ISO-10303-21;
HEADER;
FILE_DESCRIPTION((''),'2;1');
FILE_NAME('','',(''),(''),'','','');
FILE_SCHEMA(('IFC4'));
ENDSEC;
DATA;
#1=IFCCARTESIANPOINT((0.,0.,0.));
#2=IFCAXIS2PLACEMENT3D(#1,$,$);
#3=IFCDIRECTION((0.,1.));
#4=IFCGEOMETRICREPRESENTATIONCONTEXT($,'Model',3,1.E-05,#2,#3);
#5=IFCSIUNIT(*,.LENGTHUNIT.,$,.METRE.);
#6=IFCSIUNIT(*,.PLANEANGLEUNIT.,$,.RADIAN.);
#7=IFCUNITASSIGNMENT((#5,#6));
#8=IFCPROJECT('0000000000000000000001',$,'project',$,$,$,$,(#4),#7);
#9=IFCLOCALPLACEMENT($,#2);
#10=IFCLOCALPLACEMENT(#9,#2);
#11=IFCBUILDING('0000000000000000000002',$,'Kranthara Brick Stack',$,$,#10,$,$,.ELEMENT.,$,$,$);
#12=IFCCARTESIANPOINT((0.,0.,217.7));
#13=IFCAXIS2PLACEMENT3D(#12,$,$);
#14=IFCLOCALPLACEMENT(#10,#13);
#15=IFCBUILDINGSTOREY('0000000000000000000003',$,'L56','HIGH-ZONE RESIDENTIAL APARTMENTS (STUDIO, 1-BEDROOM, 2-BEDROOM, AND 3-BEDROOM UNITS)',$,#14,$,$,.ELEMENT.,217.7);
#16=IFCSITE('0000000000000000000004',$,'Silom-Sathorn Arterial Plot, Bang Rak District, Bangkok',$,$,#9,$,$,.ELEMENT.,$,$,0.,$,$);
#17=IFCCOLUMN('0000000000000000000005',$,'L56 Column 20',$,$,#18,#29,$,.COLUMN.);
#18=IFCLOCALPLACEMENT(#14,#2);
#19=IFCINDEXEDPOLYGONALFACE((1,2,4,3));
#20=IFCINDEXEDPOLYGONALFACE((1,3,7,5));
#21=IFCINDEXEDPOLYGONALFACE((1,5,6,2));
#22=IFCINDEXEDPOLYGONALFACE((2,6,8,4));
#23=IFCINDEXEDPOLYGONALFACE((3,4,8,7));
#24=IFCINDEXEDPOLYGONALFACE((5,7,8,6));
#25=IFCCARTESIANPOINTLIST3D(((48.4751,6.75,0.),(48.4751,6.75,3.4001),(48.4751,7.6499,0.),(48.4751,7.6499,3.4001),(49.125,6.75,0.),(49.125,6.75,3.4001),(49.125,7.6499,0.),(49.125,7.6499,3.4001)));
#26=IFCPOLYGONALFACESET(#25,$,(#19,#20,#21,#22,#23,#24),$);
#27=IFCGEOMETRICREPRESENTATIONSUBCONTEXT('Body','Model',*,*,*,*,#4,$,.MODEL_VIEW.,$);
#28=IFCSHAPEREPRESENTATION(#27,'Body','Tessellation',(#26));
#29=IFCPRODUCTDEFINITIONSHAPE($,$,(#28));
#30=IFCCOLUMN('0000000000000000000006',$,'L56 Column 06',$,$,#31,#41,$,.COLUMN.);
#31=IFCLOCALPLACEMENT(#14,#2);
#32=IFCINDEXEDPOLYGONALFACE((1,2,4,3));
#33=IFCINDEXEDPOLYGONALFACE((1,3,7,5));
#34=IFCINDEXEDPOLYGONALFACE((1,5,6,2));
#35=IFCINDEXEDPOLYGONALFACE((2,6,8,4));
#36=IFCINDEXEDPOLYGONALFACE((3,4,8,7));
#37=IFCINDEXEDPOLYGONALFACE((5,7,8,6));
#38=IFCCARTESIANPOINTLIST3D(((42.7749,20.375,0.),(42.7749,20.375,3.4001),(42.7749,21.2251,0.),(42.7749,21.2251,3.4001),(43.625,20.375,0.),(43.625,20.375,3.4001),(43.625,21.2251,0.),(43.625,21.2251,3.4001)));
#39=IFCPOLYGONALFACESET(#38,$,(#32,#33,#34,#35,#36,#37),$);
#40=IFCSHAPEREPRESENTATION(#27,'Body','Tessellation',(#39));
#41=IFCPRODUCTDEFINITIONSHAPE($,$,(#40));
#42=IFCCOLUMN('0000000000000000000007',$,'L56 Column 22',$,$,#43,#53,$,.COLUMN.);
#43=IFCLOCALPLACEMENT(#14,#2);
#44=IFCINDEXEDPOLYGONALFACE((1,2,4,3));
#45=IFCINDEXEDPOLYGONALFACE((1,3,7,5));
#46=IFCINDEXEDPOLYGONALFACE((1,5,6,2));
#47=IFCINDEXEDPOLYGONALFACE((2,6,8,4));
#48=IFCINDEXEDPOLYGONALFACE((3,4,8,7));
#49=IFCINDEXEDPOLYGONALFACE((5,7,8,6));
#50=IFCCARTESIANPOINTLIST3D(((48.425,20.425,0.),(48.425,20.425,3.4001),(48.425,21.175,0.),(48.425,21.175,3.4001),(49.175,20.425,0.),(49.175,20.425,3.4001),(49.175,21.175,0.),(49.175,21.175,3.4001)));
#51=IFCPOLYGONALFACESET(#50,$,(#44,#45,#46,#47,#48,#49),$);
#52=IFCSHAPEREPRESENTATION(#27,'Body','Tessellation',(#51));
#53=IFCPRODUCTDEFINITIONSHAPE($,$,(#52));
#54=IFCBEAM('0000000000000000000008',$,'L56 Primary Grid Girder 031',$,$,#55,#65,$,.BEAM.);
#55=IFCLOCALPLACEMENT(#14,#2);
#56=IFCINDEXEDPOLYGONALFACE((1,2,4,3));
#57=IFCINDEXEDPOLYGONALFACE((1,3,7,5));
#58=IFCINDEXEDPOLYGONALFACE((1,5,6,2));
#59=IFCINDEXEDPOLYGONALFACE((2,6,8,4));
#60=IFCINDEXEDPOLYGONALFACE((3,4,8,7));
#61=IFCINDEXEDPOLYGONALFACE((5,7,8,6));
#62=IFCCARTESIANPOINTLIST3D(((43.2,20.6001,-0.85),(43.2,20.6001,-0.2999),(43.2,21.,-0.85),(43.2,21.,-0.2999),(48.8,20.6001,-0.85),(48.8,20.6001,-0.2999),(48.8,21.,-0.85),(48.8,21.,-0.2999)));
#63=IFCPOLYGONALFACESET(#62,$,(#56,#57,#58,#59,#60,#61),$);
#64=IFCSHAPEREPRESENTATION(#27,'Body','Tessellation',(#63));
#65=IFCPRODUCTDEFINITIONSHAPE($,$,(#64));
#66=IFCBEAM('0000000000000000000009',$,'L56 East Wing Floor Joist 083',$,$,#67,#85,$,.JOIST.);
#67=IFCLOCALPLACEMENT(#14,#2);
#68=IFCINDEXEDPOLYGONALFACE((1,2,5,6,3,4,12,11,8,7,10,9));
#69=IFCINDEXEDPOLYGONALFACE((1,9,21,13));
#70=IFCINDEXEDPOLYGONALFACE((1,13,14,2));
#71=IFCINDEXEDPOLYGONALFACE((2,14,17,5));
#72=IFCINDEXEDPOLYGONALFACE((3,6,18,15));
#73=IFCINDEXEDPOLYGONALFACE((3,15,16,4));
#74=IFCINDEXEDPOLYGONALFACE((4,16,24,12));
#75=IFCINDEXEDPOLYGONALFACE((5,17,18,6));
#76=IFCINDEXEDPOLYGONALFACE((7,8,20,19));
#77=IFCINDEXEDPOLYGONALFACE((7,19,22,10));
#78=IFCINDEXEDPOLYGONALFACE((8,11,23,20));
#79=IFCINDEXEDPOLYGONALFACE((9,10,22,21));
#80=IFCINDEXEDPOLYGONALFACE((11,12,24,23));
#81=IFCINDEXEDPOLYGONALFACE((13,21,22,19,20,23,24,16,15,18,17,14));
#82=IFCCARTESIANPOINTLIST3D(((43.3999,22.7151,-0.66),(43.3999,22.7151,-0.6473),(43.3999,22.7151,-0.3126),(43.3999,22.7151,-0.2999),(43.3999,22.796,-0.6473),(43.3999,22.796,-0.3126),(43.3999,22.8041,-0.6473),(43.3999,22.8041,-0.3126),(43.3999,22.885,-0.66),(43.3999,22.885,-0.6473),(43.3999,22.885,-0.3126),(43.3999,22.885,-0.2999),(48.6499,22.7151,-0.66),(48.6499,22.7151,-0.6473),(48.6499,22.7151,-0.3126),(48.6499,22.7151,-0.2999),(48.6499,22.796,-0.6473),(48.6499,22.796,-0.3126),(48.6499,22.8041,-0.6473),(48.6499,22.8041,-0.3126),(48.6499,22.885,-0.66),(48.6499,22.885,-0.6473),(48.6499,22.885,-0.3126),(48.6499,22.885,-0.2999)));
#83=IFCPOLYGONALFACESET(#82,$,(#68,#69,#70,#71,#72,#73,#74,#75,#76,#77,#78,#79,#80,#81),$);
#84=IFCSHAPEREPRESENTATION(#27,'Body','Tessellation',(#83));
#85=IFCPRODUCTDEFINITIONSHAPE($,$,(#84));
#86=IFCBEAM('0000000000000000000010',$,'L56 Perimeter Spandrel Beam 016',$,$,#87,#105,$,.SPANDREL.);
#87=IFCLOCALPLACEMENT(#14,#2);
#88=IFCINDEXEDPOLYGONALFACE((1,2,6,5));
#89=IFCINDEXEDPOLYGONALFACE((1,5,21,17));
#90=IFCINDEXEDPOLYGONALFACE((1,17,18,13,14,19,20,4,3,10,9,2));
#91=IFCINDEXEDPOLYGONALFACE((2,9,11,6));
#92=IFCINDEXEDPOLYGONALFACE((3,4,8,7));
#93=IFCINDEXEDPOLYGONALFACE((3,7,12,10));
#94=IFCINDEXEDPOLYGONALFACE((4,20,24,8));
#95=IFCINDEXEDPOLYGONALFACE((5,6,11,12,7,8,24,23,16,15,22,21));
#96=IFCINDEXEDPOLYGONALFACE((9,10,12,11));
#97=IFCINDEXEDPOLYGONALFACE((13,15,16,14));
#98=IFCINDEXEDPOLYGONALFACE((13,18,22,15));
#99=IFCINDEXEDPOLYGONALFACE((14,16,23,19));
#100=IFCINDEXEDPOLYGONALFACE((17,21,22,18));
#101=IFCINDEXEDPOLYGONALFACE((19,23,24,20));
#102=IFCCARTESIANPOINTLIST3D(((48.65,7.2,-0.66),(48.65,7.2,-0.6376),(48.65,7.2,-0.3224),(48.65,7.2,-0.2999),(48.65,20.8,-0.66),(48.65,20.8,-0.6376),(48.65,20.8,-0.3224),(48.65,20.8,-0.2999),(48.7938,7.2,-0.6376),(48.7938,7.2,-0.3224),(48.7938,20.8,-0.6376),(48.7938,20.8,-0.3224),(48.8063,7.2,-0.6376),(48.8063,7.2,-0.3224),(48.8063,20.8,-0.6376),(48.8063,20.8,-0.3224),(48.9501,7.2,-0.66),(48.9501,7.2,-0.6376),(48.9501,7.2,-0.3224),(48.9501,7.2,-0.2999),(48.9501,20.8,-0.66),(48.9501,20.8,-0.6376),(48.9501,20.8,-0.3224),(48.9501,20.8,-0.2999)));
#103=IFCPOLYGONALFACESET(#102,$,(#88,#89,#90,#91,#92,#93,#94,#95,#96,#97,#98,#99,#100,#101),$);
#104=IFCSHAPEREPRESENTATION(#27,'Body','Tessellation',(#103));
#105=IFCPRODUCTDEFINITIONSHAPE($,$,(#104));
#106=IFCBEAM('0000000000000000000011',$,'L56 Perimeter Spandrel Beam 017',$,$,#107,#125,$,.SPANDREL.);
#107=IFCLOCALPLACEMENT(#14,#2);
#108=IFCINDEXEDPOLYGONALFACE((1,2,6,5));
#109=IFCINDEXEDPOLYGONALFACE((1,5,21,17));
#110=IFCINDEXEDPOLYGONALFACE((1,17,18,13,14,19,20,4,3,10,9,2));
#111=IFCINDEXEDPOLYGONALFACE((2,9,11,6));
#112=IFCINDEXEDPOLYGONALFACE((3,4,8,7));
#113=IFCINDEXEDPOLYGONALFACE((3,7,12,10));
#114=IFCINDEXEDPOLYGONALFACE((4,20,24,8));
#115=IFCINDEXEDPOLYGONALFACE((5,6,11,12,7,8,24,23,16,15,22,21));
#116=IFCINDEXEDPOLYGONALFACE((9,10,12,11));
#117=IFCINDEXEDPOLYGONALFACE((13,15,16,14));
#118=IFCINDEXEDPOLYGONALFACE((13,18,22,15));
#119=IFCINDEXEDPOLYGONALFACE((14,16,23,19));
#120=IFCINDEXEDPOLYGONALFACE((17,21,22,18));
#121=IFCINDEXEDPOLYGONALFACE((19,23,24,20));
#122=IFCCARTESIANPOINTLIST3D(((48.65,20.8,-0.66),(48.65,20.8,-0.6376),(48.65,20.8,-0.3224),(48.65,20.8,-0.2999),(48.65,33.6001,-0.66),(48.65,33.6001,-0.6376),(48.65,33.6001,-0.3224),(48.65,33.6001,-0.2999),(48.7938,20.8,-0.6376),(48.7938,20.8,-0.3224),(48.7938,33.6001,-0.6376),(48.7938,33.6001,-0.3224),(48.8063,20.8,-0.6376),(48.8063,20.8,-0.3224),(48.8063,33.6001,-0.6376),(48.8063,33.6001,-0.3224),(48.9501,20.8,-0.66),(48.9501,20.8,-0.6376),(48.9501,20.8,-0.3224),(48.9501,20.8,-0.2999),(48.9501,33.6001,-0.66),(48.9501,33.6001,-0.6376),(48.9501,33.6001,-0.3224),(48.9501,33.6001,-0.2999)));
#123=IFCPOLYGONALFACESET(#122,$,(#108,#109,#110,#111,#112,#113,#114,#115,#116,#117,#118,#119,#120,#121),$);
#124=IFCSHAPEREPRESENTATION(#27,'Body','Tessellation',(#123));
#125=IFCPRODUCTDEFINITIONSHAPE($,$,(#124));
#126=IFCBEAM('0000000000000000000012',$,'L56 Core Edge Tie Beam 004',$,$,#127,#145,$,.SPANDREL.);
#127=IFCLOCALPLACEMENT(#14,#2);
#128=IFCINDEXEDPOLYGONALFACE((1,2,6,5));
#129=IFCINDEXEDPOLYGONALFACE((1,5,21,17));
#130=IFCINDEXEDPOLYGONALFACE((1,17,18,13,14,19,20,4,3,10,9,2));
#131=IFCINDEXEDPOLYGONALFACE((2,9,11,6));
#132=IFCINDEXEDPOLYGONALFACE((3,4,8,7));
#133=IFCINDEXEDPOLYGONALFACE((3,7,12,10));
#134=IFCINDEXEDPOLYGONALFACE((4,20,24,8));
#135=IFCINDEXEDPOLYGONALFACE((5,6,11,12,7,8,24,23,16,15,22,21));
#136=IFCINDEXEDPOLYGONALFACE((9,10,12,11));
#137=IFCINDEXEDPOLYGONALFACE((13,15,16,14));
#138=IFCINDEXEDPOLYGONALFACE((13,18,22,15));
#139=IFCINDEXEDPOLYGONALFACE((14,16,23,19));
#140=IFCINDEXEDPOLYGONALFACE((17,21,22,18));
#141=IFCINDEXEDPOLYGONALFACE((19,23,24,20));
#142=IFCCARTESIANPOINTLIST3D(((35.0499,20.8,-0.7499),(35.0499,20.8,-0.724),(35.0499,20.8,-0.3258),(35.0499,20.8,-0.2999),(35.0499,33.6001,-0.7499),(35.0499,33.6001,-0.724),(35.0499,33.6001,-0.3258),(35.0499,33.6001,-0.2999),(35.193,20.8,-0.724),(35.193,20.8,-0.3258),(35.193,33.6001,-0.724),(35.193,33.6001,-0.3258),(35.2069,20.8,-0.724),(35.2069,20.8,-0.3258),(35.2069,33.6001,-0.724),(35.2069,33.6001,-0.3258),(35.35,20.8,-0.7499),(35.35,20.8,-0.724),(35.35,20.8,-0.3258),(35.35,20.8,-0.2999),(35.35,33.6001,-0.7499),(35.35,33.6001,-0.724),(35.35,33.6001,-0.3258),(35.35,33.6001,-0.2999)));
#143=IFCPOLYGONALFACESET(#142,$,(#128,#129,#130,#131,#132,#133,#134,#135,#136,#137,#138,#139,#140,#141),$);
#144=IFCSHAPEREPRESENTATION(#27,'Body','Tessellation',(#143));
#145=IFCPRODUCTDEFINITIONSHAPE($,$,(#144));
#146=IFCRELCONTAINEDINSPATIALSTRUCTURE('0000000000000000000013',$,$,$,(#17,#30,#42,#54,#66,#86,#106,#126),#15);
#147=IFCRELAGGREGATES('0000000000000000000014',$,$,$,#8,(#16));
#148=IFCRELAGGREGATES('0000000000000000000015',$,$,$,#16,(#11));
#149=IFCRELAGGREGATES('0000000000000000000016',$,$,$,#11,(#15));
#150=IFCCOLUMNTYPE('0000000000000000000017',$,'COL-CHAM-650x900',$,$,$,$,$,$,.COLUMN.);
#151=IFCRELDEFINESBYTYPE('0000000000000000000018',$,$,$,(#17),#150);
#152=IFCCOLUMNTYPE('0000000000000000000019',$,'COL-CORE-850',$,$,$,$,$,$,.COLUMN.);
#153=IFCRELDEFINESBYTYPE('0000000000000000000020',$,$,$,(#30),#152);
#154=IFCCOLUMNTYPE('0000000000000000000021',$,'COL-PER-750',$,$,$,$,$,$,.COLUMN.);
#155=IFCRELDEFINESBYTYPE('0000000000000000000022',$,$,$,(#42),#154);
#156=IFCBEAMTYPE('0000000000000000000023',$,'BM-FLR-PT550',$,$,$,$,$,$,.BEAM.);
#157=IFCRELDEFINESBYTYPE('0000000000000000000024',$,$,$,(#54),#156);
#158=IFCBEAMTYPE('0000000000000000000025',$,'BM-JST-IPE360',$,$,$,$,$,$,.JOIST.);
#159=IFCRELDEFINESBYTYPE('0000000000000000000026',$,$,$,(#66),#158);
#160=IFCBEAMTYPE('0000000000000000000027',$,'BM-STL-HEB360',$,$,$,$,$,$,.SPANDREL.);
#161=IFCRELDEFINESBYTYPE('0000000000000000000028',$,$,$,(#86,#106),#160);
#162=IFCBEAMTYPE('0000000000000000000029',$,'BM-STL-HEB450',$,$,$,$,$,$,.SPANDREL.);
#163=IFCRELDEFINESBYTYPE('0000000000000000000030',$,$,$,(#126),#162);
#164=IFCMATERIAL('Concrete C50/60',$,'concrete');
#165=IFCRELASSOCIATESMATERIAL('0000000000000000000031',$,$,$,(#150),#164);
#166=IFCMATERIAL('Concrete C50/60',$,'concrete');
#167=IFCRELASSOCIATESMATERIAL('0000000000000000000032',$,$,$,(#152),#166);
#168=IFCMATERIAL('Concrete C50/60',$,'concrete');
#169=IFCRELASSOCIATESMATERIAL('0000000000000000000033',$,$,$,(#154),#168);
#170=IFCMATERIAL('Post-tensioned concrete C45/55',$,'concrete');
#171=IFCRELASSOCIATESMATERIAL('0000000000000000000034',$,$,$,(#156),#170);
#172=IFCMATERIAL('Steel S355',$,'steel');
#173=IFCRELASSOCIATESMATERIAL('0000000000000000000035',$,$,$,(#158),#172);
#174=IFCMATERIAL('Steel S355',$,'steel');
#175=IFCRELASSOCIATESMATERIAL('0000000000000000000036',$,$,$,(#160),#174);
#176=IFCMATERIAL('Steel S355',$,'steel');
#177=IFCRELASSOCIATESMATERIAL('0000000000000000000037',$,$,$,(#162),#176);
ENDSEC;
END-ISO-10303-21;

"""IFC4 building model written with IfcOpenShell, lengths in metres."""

from ifc_helpers import new_model, si_unit, direction, frame, origin, origin_2d, place, context, subcontext, project, spatial, rectangle, i_section, extrude, material, material_profile, profile_set, type_object, element, save


model = new_model("IFC4")

# Units and contexts
model_context = context("Model", 3, precision=1e-05, world=origin(), true_north=direction((0.0, 1.0)))
body_context = subcontext(model_context, "Body", "Model", "MODEL_VIEW")
ifc_project = project(units=[si_unit("LENGTHUNIT", "METRE"), si_unit("PLANEANGLEUNIT", "RADIAN")], contexts=[model_context])

# Site, building, storey
site_placement = place(None, origin())
site = spatial("IfcSite", under=ifc_project, at=site_placement, Name="Silom-Sathorn Arterial Plot, Bang Rak District, Bangkok", CompositionType="ELEMENT", RefElevation=0.0)
building_placement = place(site_placement, origin())
building = spatial("IfcBuilding", under=site, at=building_placement, Name="Kranthara Brick Stack", CompositionType="ELEMENT")
storey_placement = place(building_placement, frame((0.0, 0.0, 217.7)))
storey = spatial("IfcBuildingStorey", under=building, at=storey_placement, Name="L56", Description="HIGH-ZONE RESIDENTIAL APARTMENTS (STUDIO, 1-BEDROOM, 2-BEDROOM, AND 3-BEDROOM UNITS)", CompositionType="ELEMENT", Elevation=217.7)

# Columns
ifc_material_1 = material(Name="Concrete C50/60", Category="concrete")
ifc_material_profile_1 = material_profile(ifc_material_1, rectangle(XDim=0.6499, YDim=0.8999, at=origin_2d()), Name="RC 650x900")
ifc_profile_set_1 = profile_set([ifc_material_profile_1], Name="Concrete C50/60")
column_type_1 = type_object("IfcColumnType", Name="COL-CHAM-650x900", PredefinedType="COLUMN", material=ifc_profile_set_1)
column_1_placement = place(storey_placement, frame((48.8, 7.2, 0.0), z_axis=(0.0, 0.0, 1.0), x_axis=(1.0, 0.0, 0.0)))
element("IfcColumn", 1, at=column_1_placement, inside=storey, type_object=column_type_1, Name="L56 Column 20", PredefinedType="COLUMN", context=body_context, shape_type="SweptSolid", body=[
    extrude(rectangle(XDim=0.6499, YDim=0.8999, at=origin_2d()), origin(), (0.0, 0.0, 1.0), 3.4001),
])
ifc_material_2 = material(Name="Concrete C50/60", Category="concrete")
ifc_material_profile_2 = material_profile(ifc_material_2, rectangle(XDim=0.8501, YDim=0.8501, at=origin_2d()), Name="RC 850x850")
ifc_profile_set_2 = profile_set([ifc_material_profile_2], Name="Concrete C50/60")
column_type_2 = type_object("IfcColumnType", Name="COL-CORE-850", PredefinedType="COLUMN", material=ifc_profile_set_2)
column_2_placement = place(storey_placement, frame((43.2, 20.8, 0.0), z_axis=(0.0, 0.0, 1.0), x_axis=(1.0, 0.0, 0.0)))
element("IfcColumn", 2, at=column_2_placement, inside=storey, type_object=column_type_2, Name="L56 Column 06", PredefinedType="COLUMN", context=body_context, shape_type="SweptSolid", body=[
    extrude(rectangle(XDim=0.8501, YDim=0.8501, at=origin_2d()), origin(), (0.0, 0.0, 1.0), 3.4001),
])
ifc_material_3 = material(Name="Concrete C50/60", Category="concrete")
ifc_material_profile_3 = material_profile(ifc_material_3, rectangle(XDim=0.75, YDim=0.75, at=origin_2d()), Name="RC 750x750")
ifc_profile_set_3 = profile_set([ifc_material_profile_3], Name="Concrete C50/60")
column_type_3 = type_object("IfcColumnType", Name="COL-PER-750", PredefinedType="COLUMN", material=ifc_profile_set_3)
column_3_placement = place(storey_placement, frame((48.8, 20.8, 0.0), z_axis=(0.0, 0.0, 1.0), x_axis=(1.0, 0.0, 0.0)))
element("IfcColumn", 3, at=column_3_placement, inside=storey, type_object=column_type_3, Name="L56 Column 22", PredefinedType="COLUMN", context=body_context, shape_type="SweptSolid", body=[
    extrude(rectangle(XDim=0.75, YDim=0.75, at=origin_2d()), origin(), (0.0, 0.0, 1.0), 3.4001),
])

# Beams
ifc_material_4 = material(Name="Post-tensioned concrete C45/55", Category="concrete")
ifc_material_profile_4 = material_profile(ifc_material_4, rectangle(XDim=0.3999, YDim=0.55, at=origin_2d()), Name="PT 400x550")
ifc_profile_set_4 = profile_set([ifc_material_profile_4], Name="Post-tensioned concrete C45/55")
beam_type_1 = type_object("IfcBeamType", Name="BM-FLR-PT550", PredefinedType="BEAM", material=ifc_profile_set_4)
beam_1_placement = place(storey_placement, frame((43.2, 20.8, -0.575), z_axis=(1.0, 0.0, 0.0), x_axis=(0.0, 1.0, 0.0)))
element("IfcBeam", 4, at=beam_1_placement, inside=storey, type_object=beam_type_1, Name="L56 Primary Grid Girder 031", PredefinedType="BEAM", context=body_context, shape_type="SweptSolid", body=[
    extrude(rectangle(XDim=0.3999, YDim=0.55, at=origin_2d()), origin(), (0.0, 0.0, 1.0), 5.6001),
])
ifc_material_5 = material(Name="Steel S355", Category="steel")
ifc_material_profile_5 = material_profile(ifc_material_5, i_section(OverallWidth=0.1699, OverallDepth=0.3601, WebThickness=0.0081, FlangeThickness=0.0127, at=origin_2d()), Name="IPE 360")
ifc_profile_set_5 = profile_set([ifc_material_profile_5], Name="Steel S355")
beam_type_2 = type_object("IfcBeamType", Name="BM-JST-IPE360", PredefinedType="JOIST", material=ifc_profile_set_5)
beam_2_placement = place(storey_placement, frame((43.3999, 22.8, -0.48), z_axis=(1.0, 0.0, 0.0), x_axis=(0.0, 1.0, 0.0)))
element("IfcBeam", 5, at=beam_2_placement, inside=storey, type_object=beam_type_2, Name="L56 East Wing Floor Joist 083", PredefinedType="JOIST", context=body_context, shape_type="SweptSolid", body=[
    extrude(i_section(OverallWidth=0.1699, OverallDepth=0.3601, WebThickness=0.0081, FlangeThickness=0.0127, at=origin_2d()), origin(), (0.0, 0.0, 1.0), 5.25),
])
ifc_material_6 = material(Name="Steel S355", Category="steel")
ifc_material_profile_6 = material_profile(ifc_material_6, i_section(OverallWidth=0.3, OverallDepth=0.3601, WebThickness=0.0125, FlangeThickness=0.0225, at=origin_2d()), Name="HEB 360")
ifc_profile_set_6 = profile_set([ifc_material_profile_6], Name="Steel S355")
beam_type_3 = type_object("IfcBeamType", Name="BM-STL-HEB360", PredefinedType="SPANDREL", material=ifc_profile_set_6)
beam_3_placement = place(storey_placement, frame((48.8, 7.2, -0.48), z_axis=(0.0, 1.0, 0.0), x_axis=(-1.0, 0.0, 0.0)))
element("IfcBeam", 6, at=beam_3_placement, inside=storey, type_object=beam_type_3, Name="L56 Perimeter Spandrel Beam 016", PredefinedType="SPANDREL", context=body_context, shape_type="SweptSolid", body=[
    extrude(i_section(OverallWidth=0.3, OverallDepth=0.3601, WebThickness=0.0125, FlangeThickness=0.0225, at=origin_2d()), origin(), (0.0, 0.0, 1.0), 13.6001),
])
beam_4_placement = place(storey_placement, frame((48.8, 20.8, -0.48), z_axis=(0.0, 1.0, 0.0), x_axis=(-1.0, 0.0, 0.0)))
element("IfcBeam", 7, at=beam_4_placement, inside=storey, type_object=beam_type_3, Name="L56 Perimeter Spandrel Beam 017", PredefinedType="SPANDREL", context=body_context, shape_type="SweptSolid", body=[
    extrude(i_section(OverallWidth=0.3, OverallDepth=0.3601, WebThickness=0.0125, FlangeThickness=0.0225, at=origin_2d()), origin(), (0.0, 0.0, 1.0), 12.8),
])
ifc_material_7 = material(Name="Steel S355", Category="steel")
ifc_material_profile_7 = material_profile(ifc_material_7, i_section(OverallWidth=0.3, OverallDepth=0.45, WebThickness=0.0139, FlangeThickness=0.0259, at=origin_2d()), Name="HEB 450")
ifc_profile_set_7 = profile_set([ifc_material_profile_7], Name="Steel S355")
beam_type_4 = type_object("IfcBeamType", Name="BM-STL-HEB450", PredefinedType="SPANDREL", material=ifc_profile_set_7)
beam_5_placement = place(storey_placement, frame((35.2, 20.8, -0.5249), z_axis=(0.0, 1.0, 0.0), x_axis=(-1.0, 0.0, 0.0)))
element("IfcBeam", 8, at=beam_5_placement, inside=storey, type_object=beam_type_4, Name="L56 Core Edge Tie Beam 004", PredefinedType="SPANDREL", context=body_context, shape_type="SweptSolid", body=[
    extrude(i_section(OverallWidth=0.3, OverallDepth=0.45, WebThickness=0.0139, FlangeThickness=0.0259, at=origin_2d()), origin(), (0.0, 0.0, 1.0), 12.8),
])

save(model, "model.ifc")
